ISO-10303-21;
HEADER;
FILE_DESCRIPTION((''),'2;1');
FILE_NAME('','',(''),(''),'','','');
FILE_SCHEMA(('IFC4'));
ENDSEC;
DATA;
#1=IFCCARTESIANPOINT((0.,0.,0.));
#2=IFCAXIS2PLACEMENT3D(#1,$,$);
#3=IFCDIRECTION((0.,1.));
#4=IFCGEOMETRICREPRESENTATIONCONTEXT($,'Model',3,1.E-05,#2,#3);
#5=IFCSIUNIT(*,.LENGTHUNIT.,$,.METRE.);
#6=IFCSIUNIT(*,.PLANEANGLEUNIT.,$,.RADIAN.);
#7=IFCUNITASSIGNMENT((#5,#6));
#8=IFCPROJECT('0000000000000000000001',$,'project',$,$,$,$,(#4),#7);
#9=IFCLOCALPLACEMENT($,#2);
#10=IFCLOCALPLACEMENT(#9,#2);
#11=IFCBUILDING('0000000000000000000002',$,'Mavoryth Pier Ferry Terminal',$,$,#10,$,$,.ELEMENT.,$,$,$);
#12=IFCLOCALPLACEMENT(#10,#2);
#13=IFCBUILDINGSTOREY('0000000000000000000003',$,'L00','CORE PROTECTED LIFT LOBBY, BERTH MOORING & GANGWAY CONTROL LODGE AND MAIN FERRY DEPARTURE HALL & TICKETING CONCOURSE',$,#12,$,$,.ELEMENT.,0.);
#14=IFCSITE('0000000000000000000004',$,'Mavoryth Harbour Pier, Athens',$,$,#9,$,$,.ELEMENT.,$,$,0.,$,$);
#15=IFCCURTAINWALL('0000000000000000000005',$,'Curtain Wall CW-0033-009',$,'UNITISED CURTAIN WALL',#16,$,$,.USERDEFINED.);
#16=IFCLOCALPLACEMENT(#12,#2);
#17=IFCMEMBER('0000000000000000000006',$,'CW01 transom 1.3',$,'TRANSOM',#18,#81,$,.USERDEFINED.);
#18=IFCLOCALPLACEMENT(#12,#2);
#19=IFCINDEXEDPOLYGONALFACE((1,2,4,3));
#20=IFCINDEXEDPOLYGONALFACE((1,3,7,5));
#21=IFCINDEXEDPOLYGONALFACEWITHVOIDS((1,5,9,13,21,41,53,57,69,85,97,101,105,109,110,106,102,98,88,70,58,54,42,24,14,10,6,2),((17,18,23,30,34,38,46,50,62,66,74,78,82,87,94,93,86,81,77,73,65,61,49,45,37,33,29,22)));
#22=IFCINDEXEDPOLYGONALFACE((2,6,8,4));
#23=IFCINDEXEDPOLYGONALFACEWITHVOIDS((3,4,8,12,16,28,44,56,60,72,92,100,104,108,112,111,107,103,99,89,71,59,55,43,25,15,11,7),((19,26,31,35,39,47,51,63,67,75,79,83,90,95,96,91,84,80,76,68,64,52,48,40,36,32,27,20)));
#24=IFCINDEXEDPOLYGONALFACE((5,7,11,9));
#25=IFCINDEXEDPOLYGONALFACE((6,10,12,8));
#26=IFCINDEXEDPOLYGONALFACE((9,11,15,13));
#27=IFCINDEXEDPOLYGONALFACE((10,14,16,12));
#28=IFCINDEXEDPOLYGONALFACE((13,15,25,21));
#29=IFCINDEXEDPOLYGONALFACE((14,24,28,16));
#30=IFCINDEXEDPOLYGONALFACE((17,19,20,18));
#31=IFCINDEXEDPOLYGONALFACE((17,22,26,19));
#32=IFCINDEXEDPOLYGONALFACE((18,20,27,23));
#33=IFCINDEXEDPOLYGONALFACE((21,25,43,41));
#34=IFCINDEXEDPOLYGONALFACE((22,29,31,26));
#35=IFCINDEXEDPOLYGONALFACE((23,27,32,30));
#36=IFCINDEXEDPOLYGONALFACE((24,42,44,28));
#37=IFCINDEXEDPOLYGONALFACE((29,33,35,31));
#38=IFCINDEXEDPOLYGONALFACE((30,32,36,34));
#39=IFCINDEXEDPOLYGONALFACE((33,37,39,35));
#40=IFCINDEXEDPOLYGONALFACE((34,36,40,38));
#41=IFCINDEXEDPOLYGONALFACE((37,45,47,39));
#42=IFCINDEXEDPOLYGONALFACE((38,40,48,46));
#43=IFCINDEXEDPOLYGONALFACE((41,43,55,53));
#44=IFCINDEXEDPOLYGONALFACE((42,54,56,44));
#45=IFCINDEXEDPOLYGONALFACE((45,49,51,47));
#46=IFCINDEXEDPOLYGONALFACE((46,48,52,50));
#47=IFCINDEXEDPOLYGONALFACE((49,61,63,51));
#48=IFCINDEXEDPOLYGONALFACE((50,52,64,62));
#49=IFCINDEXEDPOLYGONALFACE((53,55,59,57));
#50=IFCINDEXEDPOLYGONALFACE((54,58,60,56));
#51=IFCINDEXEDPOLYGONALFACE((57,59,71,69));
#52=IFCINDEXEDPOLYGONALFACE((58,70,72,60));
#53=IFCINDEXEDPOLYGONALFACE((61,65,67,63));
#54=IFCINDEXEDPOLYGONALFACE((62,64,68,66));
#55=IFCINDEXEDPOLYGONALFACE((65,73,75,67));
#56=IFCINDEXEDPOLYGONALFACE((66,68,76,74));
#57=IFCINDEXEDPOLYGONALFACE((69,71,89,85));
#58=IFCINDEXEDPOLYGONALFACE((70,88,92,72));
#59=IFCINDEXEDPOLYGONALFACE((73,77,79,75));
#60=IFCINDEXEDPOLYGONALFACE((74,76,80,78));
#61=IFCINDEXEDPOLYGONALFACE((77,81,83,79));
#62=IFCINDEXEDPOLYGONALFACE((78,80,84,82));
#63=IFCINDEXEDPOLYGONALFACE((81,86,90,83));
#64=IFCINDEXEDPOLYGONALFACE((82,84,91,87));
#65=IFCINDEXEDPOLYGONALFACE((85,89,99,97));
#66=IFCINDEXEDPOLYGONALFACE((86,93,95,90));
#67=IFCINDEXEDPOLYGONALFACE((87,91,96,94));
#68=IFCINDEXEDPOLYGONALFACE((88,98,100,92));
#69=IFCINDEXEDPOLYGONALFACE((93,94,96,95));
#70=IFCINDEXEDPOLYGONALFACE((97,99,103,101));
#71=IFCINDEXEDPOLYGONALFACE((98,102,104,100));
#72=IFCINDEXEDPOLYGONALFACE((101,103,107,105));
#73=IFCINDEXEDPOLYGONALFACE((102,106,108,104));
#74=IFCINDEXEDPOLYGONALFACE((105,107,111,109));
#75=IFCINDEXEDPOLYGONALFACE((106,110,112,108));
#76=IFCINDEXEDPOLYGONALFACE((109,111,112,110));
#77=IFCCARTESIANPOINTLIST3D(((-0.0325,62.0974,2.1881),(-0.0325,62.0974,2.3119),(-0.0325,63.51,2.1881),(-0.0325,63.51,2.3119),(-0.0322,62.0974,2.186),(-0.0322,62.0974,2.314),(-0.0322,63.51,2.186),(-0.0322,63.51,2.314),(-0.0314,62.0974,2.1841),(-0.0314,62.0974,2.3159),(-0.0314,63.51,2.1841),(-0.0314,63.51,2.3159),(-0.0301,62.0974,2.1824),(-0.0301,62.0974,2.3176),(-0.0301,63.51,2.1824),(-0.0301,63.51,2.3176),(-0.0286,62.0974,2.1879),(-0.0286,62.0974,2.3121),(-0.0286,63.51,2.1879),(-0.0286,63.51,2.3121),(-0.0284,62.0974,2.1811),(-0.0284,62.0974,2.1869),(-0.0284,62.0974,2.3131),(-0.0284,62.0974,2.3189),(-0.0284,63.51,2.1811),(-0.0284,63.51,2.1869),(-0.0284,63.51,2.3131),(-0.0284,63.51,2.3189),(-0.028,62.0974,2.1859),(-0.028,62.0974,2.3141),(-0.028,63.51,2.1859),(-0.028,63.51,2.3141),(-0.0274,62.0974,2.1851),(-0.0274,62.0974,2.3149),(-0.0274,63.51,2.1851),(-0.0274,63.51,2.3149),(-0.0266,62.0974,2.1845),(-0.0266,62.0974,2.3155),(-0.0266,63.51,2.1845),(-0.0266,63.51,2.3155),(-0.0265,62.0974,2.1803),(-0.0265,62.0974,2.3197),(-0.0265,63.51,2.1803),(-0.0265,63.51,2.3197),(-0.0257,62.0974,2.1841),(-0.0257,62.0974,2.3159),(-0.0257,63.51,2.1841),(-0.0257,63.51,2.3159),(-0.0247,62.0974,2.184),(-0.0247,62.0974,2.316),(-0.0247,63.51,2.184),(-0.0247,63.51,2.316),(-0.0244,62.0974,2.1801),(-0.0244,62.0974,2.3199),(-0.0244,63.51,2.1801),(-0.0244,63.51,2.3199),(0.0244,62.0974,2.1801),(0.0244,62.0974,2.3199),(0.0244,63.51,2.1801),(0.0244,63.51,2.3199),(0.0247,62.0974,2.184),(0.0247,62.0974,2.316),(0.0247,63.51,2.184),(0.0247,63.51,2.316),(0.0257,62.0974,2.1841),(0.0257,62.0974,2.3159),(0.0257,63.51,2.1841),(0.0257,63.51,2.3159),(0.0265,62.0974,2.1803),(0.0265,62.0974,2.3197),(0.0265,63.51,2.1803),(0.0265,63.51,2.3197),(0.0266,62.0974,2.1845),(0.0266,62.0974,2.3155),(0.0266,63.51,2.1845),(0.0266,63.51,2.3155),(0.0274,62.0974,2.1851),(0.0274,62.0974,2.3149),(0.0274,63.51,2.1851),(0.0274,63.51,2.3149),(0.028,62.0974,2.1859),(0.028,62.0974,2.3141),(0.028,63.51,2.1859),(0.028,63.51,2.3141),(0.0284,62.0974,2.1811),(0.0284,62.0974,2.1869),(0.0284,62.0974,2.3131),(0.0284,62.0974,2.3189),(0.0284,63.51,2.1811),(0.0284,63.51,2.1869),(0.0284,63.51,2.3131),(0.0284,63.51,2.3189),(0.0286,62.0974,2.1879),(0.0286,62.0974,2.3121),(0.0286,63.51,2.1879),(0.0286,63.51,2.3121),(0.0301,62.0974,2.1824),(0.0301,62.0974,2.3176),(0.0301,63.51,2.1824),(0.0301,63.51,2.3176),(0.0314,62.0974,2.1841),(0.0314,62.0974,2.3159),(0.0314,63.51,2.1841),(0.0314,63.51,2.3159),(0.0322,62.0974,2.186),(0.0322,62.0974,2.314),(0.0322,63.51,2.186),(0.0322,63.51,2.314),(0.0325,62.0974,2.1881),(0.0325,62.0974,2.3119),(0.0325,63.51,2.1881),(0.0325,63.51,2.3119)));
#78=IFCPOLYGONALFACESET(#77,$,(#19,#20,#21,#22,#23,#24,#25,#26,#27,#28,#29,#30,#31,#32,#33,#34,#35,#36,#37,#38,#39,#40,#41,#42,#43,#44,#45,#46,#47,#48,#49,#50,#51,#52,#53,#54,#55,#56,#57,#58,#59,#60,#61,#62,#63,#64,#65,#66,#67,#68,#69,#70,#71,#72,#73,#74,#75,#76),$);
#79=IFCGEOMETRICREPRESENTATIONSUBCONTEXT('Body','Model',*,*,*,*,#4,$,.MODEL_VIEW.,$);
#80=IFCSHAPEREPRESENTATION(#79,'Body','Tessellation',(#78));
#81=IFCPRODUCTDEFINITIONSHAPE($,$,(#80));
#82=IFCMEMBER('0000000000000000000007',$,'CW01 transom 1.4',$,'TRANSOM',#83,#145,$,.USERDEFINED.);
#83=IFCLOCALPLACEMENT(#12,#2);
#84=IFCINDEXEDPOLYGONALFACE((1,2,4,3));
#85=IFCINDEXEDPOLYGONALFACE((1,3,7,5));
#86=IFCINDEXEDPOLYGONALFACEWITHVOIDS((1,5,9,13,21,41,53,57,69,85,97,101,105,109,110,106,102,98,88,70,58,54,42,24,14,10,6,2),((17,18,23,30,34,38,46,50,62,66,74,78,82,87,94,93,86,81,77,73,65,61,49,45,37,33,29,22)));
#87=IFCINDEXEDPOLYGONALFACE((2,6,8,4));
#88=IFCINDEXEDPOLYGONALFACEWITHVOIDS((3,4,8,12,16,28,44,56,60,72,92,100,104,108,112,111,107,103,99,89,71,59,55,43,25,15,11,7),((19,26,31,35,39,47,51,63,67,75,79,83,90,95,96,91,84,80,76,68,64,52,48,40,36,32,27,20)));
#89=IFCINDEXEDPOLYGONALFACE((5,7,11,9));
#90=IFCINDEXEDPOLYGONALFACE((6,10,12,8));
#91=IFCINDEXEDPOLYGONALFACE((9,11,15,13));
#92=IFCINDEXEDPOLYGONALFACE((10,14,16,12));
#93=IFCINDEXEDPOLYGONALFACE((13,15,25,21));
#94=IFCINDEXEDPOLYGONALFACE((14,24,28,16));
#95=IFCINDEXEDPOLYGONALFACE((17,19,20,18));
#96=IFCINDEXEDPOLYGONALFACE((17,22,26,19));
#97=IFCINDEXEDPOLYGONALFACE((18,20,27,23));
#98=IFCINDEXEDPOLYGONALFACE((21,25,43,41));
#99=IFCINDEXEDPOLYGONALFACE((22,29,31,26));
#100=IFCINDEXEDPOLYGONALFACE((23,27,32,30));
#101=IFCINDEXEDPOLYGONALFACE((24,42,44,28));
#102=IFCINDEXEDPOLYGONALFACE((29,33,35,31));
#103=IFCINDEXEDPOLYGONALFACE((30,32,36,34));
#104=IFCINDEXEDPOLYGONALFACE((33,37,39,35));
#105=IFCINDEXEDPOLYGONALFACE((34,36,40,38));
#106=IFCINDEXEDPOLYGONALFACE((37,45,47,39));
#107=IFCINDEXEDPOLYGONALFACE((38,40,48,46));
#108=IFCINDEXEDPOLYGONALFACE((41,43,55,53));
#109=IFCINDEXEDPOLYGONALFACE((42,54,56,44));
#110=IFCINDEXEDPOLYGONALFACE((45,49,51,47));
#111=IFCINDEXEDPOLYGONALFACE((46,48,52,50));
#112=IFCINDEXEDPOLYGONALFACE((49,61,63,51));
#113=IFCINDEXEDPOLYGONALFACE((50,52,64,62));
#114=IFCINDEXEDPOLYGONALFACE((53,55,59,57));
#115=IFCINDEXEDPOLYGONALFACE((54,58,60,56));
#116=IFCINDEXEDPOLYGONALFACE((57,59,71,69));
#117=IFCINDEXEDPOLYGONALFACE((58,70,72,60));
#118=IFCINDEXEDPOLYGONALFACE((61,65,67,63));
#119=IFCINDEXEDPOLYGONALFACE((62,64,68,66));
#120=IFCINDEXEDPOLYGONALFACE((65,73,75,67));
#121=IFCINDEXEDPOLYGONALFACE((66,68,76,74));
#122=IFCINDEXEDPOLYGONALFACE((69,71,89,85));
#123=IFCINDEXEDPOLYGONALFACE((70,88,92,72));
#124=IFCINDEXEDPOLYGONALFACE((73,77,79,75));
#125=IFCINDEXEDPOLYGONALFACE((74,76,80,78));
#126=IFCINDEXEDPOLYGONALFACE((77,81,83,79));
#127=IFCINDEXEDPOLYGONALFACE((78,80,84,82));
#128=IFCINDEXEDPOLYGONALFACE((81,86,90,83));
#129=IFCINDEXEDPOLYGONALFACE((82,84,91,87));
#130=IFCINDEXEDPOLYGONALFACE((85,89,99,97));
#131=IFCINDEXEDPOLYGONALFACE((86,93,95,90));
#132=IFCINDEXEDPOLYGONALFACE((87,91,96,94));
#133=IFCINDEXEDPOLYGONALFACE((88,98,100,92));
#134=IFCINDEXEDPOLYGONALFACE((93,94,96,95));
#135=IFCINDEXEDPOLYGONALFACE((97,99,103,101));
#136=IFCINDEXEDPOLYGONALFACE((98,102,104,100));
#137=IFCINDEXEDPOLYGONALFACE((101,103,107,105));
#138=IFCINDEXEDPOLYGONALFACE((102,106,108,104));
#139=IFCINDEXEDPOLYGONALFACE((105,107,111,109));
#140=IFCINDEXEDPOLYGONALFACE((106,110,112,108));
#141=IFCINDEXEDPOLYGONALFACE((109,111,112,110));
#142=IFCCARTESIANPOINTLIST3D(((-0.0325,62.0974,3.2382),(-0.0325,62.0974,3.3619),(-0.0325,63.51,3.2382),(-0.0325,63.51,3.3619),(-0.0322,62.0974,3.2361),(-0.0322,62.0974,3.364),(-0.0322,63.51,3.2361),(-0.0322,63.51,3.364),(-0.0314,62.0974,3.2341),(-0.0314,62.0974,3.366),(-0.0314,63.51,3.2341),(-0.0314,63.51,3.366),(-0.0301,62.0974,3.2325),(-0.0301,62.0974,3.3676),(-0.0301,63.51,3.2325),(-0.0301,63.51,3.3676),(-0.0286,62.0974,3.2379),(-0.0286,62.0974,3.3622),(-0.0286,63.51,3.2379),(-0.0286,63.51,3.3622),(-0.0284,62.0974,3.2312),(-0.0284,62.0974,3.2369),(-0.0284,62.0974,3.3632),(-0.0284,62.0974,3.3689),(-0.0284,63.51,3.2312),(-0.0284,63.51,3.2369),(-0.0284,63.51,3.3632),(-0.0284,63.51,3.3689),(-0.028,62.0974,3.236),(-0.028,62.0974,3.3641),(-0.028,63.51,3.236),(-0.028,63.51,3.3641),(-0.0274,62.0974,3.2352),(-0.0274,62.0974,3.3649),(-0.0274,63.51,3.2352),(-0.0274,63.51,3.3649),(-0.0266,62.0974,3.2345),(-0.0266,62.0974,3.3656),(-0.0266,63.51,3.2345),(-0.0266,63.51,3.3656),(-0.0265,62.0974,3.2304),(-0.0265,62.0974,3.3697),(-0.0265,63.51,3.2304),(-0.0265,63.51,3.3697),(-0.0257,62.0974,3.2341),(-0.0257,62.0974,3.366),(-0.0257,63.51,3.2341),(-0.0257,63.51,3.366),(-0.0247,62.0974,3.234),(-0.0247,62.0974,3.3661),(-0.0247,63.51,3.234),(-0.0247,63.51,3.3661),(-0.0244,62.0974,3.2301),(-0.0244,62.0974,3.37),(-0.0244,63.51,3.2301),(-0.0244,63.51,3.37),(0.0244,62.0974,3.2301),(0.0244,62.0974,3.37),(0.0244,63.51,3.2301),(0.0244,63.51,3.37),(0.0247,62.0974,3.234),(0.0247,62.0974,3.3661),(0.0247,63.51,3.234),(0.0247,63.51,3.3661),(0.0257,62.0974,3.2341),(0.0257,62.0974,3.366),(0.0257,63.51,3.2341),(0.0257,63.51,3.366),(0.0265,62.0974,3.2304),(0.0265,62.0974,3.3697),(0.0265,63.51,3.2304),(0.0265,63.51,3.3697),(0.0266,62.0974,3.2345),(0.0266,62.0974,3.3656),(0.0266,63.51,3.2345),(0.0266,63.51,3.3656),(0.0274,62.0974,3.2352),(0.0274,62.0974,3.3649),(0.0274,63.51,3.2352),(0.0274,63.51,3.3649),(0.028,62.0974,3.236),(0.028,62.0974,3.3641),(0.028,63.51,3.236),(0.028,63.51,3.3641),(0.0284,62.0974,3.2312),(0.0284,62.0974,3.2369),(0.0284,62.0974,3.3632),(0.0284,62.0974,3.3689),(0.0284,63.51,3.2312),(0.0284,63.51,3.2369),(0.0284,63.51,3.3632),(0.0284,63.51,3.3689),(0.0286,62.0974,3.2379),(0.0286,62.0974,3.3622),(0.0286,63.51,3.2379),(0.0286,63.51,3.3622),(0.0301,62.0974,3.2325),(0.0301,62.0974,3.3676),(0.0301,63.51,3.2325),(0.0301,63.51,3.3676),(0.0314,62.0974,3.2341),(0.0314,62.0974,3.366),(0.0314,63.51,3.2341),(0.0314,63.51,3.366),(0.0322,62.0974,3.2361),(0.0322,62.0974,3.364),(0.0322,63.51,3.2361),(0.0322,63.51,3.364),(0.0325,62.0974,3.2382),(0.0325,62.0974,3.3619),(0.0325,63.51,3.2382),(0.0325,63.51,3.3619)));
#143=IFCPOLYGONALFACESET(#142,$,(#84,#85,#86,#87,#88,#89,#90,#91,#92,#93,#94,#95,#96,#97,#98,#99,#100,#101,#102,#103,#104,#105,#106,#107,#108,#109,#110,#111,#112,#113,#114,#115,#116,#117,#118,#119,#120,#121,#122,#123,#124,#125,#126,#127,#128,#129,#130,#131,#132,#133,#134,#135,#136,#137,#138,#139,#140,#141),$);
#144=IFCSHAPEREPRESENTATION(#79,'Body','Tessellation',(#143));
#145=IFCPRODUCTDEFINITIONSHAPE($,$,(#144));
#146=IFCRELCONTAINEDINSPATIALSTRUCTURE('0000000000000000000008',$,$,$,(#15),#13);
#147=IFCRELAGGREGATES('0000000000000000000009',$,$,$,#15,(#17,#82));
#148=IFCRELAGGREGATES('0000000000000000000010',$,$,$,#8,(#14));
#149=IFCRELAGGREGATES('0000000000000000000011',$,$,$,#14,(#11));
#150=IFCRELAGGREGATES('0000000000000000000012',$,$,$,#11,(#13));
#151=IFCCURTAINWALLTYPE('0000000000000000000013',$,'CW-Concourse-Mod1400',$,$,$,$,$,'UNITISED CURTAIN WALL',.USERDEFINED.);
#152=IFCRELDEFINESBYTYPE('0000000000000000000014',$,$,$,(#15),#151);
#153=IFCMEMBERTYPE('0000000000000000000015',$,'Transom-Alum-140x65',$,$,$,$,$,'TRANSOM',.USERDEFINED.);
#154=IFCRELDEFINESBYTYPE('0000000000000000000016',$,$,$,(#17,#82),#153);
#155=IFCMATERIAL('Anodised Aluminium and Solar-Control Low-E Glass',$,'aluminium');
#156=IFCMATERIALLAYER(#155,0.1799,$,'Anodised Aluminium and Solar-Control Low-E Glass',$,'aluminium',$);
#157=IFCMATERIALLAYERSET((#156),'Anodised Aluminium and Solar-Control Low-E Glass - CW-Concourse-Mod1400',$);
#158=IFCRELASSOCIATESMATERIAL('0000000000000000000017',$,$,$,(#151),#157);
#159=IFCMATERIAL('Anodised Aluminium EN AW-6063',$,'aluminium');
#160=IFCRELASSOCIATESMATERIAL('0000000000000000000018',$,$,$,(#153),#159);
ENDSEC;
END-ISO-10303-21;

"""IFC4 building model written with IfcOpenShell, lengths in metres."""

from ifc_helpers import new_model, si_unit, direction, frame, origin, origin_2d, place, context, subcontext, project, spatial, hollow_rectangle, extrude, material, layer, layer_set, material_profile, profile_set, type_object, element, aggregate, save


model = new_model("IFC4")

# Units and contexts
model_context = context("Model", 3, precision=1e-05, world=origin(), true_north=direction((0.0, 1.0)))
body_context = subcontext(model_context, "Body", "Model", "MODEL_VIEW")
ifc_project = project(units=[si_unit("LENGTHUNIT", "METRE"), si_unit("PLANEANGLEUNIT", "RADIAN")], contexts=[model_context])

# Site, building, storey
site_placement = place(None, origin())
site = spatial("IfcSite", under=ifc_project, at=site_placement, Name="Mavoryth Harbour Pier, Athens", CompositionType="ELEMENT", RefElevation=0.0)
building_placement = place(site_placement, origin())
building = spatial("IfcBuilding", under=site, at=building_placement, Name="Mavoryth Pier Ferry Terminal", CompositionType="ELEMENT")
storey_placement = place(building_placement, origin())
storey = spatial("IfcBuildingStorey", under=building, at=storey_placement, Name="L00", Description="CORE PROTECTED LIFT LOBBY, BERTH MOORING & GANGWAY CONTROL LODGE AND MAIN FERRY DEPARTURE HALL & TICKETING CONCOURSE", CompositionType="ELEMENT", Elevation=0.0)

# Curtain wall
ifc_material_1 = material(Name="Anodised Aluminium and Solar-Control Low-E Glass", Category="aluminium")
ifc_layer_1 = layer(ifc_material_1, 0.1799, Name="Anodised Aluminium and Solar-Control Low-E Glass", Category="aluminium")
ifc_layer_set_1 = layer_set([ifc_layer_1], Name="Anodised Aluminium and Solar-Control Low-E Glass - CW-Concourse-Mod1400")
curtain_wall_type = type_object("IfcCurtainWallType", Name="CW-Concourse-Mod1400", ElementType="UNITISED CURTAIN WALL", PredefinedType="USERDEFINED", material=ifc_layer_set_1)
curtain_wall_1_placement = place(storey_placement, origin())
curtain_wall_1 = element("IfcCurtainWall", 1, at=curtain_wall_1_placement, inside=storey, type_object=curtain_wall_type, Name="Curtain Wall CW-0033-009", ObjectType="UNITISED CURTAIN WALL", PredefinedType="USERDEFINED")
ifc_material_2 = material(Name="Anodised Aluminium EN AW-6063", Category="aluminium")

# Members
ifc_material_profile_1 = material_profile(ifc_material_2, hollow_rectangle(XDim=0.0649, YDim=0.1399, WallThickness=0.0039, InnerFilletRadius=0.0039, OuterFilletRadius=0.0081, at=origin_2d()), Name="AL-TRAN 140x65x4", Category="aluminium")
ifc_profile_set_1 = profile_set([ifc_material_profile_1], Name="Anodised Aluminium EN AW-6063 - AL-TRAN 140x65x4")
member_type_1 = type_object("IfcMemberType", Name="Transom-Alum-140x65", ElementType="TRANSOM", PredefinedType="USERDEFINED", material=ifc_profile_set_1)
member_1_placement = place(storey_placement, frame((0.0, 63.51, 2.25), z_axis=(0.0, -1.0, 0.0), x_axis=(1.0, 0.0, 0.0)))
member_1 = element("IfcMember", 2, at=member_1_placement, type_object=member_type_1, Name="CW01 transom 1.3", ObjectType="TRANSOM", PredefinedType="USERDEFINED", context=body_context, shape_type="SweptSolid", body=[
    extrude(hollow_rectangle(XDim=0.0649, YDim=0.1399, WallThickness=0.0039, InnerFilletRadius=0.0039, OuterFilletRadius=0.0081, at=origin_2d()), origin(), (0.0, 0.0, 1.0), 1.4126),
])
member_2_placement = place(storey_placement, frame((0.0, 63.51, 3.3), z_axis=(0.0, -1.0, 0.0), x_axis=(1.0, 0.0, 0.0)))
member_2 = element("IfcMember", 3, at=member_2_placement, type_object=member_type_1, Name="CW01 transom 1.4", ObjectType="TRANSOM", PredefinedType="USERDEFINED", context=body_context, shape_type="SweptSolid", body=[
    extrude(hollow_rectangle(XDim=0.0649, YDim=0.1399, WallThickness=0.0039, InnerFilletRadius=0.0039, OuterFilletRadius=0.0081, at=origin_2d()), origin(), (0.0, 0.0, 1.0), 1.4126),
])

aggregate(curtain_wall_1, [member_1, member_2])

save(model, "model.ifc")
